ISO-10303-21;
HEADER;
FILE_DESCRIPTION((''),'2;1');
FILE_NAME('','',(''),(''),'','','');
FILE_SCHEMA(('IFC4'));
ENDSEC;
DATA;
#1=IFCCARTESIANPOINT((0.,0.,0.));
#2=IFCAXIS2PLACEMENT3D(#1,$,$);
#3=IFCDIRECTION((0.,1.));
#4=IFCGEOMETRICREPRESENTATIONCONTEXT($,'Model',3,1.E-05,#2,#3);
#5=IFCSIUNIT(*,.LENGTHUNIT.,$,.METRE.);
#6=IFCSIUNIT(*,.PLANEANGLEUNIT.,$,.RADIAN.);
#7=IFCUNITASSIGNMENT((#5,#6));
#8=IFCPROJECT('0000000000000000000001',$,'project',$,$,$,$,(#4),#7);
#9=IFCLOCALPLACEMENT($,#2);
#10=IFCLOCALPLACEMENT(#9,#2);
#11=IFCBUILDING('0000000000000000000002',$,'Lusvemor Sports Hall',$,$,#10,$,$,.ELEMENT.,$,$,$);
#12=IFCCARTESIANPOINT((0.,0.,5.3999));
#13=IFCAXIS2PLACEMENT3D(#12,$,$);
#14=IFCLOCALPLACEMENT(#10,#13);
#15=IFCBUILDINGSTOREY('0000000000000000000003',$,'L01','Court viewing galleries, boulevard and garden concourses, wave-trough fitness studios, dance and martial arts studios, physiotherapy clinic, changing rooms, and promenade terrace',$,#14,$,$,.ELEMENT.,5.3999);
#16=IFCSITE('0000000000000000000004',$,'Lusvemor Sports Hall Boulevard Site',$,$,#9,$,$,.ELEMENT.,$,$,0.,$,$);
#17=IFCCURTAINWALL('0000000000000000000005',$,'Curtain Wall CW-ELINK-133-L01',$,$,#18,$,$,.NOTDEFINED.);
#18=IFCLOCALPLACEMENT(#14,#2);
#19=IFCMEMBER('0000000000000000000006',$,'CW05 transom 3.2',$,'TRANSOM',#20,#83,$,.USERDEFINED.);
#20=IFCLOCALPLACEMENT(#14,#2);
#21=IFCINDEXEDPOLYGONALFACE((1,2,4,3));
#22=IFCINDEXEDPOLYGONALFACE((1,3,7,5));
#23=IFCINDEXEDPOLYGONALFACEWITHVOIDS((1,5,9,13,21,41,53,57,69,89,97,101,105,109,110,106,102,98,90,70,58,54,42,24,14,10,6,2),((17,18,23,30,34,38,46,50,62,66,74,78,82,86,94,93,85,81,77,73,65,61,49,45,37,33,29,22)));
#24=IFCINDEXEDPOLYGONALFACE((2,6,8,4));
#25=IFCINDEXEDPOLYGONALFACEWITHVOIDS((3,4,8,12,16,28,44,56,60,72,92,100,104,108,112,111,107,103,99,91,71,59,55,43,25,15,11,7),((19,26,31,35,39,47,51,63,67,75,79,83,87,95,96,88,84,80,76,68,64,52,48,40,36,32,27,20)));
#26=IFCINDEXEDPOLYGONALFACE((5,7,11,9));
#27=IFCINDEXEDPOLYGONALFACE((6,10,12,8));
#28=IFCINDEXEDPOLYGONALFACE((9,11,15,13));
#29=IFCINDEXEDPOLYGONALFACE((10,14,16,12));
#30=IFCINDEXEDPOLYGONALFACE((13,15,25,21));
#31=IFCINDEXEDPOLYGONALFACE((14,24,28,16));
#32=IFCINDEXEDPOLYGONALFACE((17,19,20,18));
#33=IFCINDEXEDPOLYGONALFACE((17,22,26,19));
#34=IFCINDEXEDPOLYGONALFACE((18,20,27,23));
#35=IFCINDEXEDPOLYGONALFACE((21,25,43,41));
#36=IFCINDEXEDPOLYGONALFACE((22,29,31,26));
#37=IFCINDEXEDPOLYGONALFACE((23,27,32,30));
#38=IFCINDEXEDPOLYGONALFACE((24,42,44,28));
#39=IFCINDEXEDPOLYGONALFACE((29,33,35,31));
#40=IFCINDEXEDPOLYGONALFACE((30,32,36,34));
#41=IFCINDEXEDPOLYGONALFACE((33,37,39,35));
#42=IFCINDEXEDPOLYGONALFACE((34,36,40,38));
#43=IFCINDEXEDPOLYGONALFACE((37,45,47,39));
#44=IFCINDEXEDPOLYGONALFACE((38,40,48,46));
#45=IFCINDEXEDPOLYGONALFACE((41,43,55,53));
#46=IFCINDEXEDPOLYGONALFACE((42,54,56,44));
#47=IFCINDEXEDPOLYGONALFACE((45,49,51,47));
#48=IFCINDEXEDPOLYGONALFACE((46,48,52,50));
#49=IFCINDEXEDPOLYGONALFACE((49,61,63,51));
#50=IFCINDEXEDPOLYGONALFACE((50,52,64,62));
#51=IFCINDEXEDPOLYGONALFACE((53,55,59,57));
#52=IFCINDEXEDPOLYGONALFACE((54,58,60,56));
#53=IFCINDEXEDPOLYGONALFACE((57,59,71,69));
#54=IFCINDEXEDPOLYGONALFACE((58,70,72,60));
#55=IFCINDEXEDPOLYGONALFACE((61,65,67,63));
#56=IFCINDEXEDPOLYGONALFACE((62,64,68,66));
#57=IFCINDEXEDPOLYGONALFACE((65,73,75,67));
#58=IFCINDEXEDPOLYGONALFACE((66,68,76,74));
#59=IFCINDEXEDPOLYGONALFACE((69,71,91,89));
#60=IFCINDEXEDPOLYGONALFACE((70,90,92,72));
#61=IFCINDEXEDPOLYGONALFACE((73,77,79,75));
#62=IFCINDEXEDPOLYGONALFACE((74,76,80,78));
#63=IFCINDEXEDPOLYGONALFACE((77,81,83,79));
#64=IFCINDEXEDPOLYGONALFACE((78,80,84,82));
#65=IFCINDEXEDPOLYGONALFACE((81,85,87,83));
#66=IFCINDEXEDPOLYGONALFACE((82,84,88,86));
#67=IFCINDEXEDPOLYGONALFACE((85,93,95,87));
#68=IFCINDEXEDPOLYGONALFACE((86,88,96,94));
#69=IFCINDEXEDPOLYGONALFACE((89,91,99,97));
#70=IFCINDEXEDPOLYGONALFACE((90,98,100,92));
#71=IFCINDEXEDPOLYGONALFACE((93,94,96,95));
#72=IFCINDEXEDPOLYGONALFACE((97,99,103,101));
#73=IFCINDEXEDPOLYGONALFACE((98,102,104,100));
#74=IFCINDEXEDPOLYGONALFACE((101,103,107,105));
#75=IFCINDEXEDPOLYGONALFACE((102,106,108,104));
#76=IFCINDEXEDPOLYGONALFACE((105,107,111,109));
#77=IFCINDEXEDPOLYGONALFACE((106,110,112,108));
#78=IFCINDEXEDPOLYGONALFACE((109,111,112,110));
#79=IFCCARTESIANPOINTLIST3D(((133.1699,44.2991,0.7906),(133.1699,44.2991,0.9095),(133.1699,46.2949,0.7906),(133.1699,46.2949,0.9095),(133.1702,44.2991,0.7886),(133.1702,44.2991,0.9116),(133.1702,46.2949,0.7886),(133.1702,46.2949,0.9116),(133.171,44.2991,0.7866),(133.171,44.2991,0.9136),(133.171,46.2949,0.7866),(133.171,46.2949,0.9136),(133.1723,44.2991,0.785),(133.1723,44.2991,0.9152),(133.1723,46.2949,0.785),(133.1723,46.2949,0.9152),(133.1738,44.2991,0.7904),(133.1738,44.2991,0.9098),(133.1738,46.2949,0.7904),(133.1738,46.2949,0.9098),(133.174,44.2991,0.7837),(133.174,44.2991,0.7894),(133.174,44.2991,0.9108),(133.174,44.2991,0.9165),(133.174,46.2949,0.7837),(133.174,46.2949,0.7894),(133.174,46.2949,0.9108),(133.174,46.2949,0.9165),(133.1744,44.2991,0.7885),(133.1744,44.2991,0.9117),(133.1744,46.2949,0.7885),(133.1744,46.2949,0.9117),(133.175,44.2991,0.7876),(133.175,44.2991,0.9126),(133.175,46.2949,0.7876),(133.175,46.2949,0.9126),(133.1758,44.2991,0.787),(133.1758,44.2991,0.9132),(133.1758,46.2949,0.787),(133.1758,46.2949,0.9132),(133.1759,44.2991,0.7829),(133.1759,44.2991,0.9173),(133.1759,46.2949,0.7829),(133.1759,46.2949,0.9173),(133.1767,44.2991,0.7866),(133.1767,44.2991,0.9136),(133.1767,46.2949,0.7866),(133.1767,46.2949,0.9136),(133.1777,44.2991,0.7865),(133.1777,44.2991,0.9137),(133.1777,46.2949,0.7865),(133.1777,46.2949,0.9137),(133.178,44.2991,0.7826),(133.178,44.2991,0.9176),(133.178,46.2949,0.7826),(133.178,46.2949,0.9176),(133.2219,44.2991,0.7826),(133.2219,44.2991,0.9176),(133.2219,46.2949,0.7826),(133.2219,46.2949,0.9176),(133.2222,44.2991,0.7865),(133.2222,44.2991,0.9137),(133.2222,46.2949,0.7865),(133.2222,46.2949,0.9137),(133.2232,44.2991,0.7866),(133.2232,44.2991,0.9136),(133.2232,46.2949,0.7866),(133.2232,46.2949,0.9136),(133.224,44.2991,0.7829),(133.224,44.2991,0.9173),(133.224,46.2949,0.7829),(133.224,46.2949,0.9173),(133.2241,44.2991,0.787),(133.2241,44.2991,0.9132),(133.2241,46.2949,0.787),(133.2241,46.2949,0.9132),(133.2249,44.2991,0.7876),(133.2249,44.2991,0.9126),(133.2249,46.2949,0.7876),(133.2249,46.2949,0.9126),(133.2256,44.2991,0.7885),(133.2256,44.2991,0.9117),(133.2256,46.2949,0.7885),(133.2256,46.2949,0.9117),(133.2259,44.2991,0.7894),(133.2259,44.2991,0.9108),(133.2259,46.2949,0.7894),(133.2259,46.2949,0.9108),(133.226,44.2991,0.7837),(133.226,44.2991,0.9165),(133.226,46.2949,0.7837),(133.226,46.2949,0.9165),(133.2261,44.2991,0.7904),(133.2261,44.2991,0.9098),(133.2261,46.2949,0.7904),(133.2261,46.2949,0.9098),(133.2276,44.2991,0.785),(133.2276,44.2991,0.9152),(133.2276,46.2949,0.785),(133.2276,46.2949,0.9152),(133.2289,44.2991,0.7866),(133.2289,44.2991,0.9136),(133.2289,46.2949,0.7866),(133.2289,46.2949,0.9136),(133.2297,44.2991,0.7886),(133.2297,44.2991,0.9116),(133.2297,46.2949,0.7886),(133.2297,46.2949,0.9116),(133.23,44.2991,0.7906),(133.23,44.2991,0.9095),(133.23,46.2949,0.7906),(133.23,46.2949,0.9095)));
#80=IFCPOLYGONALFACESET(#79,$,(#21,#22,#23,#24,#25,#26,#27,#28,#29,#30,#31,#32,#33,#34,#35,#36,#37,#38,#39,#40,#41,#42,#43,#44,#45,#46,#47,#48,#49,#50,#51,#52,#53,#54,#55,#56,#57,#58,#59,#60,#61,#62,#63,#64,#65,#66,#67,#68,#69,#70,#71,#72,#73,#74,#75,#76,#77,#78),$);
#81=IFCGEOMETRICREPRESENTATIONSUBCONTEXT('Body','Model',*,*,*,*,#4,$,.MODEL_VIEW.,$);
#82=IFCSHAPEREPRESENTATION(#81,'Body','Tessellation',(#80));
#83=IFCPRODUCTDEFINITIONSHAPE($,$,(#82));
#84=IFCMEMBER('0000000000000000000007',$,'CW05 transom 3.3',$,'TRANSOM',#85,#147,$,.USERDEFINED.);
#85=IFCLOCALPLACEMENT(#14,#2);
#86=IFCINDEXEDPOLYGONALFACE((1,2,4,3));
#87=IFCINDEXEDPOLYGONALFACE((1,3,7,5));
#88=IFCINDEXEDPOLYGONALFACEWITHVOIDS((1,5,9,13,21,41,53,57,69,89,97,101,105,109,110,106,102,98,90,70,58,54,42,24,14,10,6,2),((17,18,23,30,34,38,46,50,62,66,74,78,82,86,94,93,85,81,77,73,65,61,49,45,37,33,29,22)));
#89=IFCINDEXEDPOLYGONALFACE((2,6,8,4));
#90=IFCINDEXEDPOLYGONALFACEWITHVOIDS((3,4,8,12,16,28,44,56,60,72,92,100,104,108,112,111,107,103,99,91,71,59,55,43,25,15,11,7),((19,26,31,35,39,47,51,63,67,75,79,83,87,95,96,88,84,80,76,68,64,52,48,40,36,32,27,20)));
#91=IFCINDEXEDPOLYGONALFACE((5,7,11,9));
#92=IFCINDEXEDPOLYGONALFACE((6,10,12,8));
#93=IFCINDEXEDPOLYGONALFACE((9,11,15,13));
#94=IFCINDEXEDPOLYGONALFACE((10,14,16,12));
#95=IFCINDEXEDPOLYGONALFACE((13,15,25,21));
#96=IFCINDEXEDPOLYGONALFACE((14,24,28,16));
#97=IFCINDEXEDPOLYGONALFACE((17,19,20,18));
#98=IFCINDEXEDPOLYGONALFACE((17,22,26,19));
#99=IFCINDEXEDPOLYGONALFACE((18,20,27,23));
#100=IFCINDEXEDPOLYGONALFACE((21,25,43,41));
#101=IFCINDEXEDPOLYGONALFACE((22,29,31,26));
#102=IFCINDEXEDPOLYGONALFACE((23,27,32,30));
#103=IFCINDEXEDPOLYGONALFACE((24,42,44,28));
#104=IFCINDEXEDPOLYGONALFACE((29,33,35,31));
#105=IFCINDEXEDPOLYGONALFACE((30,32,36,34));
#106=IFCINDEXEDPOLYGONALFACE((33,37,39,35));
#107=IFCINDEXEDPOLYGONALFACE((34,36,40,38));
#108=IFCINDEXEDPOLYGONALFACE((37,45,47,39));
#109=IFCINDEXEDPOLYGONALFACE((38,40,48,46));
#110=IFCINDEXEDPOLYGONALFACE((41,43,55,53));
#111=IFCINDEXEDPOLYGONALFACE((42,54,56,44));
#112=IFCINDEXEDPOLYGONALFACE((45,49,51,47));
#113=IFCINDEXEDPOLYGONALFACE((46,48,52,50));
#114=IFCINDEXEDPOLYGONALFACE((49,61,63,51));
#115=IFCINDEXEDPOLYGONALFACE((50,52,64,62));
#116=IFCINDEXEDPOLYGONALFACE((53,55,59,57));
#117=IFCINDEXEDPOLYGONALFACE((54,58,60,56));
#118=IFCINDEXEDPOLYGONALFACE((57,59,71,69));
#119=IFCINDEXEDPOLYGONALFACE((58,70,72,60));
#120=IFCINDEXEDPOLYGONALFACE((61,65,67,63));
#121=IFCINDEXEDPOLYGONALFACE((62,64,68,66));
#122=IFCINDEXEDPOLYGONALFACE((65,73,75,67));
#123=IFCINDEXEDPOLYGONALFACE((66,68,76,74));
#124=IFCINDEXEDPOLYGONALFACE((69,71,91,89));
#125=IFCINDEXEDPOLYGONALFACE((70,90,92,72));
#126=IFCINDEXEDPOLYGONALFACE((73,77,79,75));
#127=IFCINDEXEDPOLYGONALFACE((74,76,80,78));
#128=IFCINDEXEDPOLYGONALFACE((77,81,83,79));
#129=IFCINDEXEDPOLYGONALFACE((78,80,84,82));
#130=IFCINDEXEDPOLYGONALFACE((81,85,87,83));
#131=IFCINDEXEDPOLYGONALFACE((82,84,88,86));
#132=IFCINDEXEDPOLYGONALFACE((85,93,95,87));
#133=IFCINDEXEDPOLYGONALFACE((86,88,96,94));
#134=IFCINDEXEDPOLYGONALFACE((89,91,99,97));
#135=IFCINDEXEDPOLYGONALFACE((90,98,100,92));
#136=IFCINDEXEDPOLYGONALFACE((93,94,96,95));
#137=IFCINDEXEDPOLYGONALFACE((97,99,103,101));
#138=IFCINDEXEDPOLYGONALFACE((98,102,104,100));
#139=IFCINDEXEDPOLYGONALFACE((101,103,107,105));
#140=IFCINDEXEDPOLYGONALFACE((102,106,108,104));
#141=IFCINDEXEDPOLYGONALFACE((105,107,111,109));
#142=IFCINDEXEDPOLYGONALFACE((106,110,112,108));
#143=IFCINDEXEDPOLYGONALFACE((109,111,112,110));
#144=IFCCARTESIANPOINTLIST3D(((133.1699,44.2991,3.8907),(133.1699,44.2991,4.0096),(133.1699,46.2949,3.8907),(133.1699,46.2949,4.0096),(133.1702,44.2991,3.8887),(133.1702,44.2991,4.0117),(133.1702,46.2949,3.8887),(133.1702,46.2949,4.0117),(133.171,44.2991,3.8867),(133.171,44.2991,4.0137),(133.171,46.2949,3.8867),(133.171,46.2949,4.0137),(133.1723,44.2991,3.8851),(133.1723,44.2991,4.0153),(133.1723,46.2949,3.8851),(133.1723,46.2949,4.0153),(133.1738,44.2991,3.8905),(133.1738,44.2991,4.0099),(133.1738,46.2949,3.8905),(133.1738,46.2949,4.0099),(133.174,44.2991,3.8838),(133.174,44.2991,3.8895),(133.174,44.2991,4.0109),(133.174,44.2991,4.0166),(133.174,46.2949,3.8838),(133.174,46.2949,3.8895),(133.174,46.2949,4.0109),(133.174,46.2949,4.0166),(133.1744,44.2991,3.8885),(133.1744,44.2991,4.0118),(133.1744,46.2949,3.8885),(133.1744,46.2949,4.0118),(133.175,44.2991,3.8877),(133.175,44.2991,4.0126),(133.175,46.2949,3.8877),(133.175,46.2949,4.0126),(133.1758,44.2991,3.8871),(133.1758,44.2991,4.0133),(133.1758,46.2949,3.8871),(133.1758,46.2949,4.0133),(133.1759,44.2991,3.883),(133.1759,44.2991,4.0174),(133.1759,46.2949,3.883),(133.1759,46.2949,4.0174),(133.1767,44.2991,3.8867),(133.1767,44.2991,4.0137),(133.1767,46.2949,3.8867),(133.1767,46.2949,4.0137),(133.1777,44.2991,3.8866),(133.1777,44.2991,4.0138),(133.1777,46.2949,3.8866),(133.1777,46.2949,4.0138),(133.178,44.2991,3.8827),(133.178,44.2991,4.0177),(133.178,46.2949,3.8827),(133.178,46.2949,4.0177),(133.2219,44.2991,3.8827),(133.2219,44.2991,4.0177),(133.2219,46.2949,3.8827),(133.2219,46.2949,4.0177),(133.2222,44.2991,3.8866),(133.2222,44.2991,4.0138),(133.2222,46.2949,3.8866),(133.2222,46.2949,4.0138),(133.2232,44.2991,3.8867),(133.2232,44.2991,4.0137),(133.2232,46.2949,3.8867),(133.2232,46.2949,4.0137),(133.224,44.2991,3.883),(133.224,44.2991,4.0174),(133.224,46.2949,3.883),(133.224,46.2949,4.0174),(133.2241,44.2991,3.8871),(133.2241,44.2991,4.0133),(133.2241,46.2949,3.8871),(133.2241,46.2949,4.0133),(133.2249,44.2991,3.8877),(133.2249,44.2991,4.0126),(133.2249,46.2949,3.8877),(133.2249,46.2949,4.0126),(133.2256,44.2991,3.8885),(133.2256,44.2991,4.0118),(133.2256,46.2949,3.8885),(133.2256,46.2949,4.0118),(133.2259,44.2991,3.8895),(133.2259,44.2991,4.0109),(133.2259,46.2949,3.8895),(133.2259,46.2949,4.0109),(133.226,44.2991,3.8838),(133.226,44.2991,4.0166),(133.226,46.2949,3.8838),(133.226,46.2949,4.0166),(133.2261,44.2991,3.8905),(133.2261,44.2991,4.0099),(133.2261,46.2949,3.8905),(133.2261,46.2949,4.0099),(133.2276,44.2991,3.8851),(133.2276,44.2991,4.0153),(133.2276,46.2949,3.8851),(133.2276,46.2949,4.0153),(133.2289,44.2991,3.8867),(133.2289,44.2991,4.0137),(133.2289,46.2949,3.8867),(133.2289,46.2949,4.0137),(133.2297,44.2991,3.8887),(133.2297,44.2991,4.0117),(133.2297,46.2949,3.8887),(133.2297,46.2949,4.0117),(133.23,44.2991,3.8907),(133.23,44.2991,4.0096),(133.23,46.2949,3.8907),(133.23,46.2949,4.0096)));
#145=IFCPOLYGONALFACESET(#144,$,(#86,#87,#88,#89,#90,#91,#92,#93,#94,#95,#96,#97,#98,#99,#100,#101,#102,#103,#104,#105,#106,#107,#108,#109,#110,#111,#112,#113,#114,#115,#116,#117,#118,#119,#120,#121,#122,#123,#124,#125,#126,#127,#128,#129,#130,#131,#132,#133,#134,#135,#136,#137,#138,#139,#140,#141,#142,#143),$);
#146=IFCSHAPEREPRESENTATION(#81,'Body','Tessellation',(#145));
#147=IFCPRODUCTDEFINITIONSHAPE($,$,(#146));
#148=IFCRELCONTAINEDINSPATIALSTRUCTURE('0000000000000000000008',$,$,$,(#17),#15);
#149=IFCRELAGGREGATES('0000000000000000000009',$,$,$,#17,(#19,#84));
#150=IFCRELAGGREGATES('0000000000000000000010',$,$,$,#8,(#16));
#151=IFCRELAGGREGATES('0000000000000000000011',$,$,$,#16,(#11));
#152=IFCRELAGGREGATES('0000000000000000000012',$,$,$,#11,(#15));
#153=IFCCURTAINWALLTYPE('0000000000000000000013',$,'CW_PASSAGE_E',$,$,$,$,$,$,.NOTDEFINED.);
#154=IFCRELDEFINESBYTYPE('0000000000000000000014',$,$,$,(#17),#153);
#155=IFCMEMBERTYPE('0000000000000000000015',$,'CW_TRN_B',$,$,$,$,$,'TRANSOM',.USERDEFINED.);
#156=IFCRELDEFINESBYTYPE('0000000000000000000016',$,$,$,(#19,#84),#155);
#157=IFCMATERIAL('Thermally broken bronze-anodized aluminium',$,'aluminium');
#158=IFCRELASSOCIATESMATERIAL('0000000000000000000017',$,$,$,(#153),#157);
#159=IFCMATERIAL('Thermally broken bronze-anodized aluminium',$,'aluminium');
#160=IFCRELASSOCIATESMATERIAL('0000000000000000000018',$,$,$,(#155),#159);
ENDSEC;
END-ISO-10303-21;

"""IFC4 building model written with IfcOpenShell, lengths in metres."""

from ifc_helpers import new_model, si_unit, direction, frame, origin, origin_2d, place, context, subcontext, project, spatial, hollow_rectangle, extrude, material, material_profile, profile_set, type_object, element, aggregate, save


model = new_model("IFC4")

# Units and contexts
model_context = context("Model", 3, precision=1e-05, world=origin(), true_north=direction((0.0, 1.0)))
body_context = subcontext(model_context, "Body", "Model", "MODEL_VIEW")
ifc_project = project(units=[si_unit("LENGTHUNIT", "METRE"), si_unit("PLANEANGLEUNIT", "RADIAN")], contexts=[model_context])

# Site, building, storey
site_placement = place(None, origin())
site = spatial("IfcSite", under=ifc_project, at=site_placement, Name="Lusvemor Sports Hall Boulevard Site", CompositionType="ELEMENT", RefElevation=0.0)
building_placement = place(site_placement, origin())
building = spatial("IfcBuilding", under=site, at=building_placement, Name="Lusvemor Sports Hall", CompositionType="ELEMENT")
storey_placement = place(building_placement, frame((0.0, 0.0, 5.3999)))
storey = spatial("IfcBuildingStorey", under=building, at=storey_placement, Name="L01", Description="Court viewing galleries, boulevard and garden concourses, wave-trough fitness studios, dance and martial arts studios, physiotherapy clinic, changing rooms, and promenade terrace", CompositionType="ELEMENT", Elevation=5.3999)

# Curtain wall
ifc_material_1 = material(Name="Thermally broken bronze-anodized aluminium", Category="aluminium")
curtain_wall_type_1 = type_object("IfcCurtainWallType", Name="CW_PASSAGE_E", PredefinedType="NOTDEFINED", material=ifc_material_1)
curtain_wall_1_placement = place(storey_placement, origin())
curtain_wall_1 = element("IfcCurtainWall", 1, at=curtain_wall_1_placement, inside=storey, type_object=curtain_wall_type_1, Name="Curtain Wall CW-ELINK-133-L01", PredefinedType="NOTDEFINED")

# Members
ifc_material_2 = material(Name="Thermally broken bronze-anodized aluminium", Category="aluminium")
ifc_material_profile_1 = material_profile(ifc_material_2, hollow_rectangle(XDim=0.0601, YDim=0.135, WallThickness=0.0039, InnerFilletRadius=0.0039, OuterFilletRadius=0.0081, at=origin_2d()), Name="CWTRN135x60x4")
ifc_profile_set_1 = profile_set([ifc_material_profile_1], Name="Thermally broken bronze-anodized aluminium")
member_type_1 = type_object("IfcMemberType", Name="CW_TRN_B", ElementType="TRANSOM", PredefinedType="USERDEFINED", material=ifc_profile_set_1)
member_1_placement = place(storey_placement, frame((133.2, 44.2991, 0.8501), z_axis=(0.0, 1.0, 0.0), x_axis=(-1.0, 0.0, 0.0)))
member_1 = element("IfcMember", 2, at=member_1_placement, type_object=member_type_1, Name="CW05 transom 3.2", ObjectType="TRANSOM", PredefinedType="USERDEFINED", context=body_context, shape_type="SweptSolid", body=[
    extrude(hollow_rectangle(XDim=0.0601, YDim=0.135, WallThickness=0.0039, InnerFilletRadius=0.0039, OuterFilletRadius=0.0081, at=origin_2d()), origin(), (0.0, 0.0, 1.0), 1.9958),
])
member_2_placement = place(storey_placement, frame((133.2, 44.2991, 3.9502), z_axis=(0.0, 1.0, 0.0), x_axis=(-1.0, 0.0, 0.0)))
member_2 = element("IfcMember", 3, at=member_2_placement, type_object=member_type_1, Name="CW05 transom 3.3", ObjectType="TRANSOM", PredefinedType="USERDEFINED", context=body_context, shape_type="SweptSolid", body=[
    extrude(hollow_rectangle(XDim=0.0601, YDim=0.135, WallThickness=0.0039, InnerFilletRadius=0.0039, OuterFilletRadius=0.0081, at=origin_2d()), origin(), (0.0, 0.0, 1.0), 1.9958),
])

aggregate(curtain_wall_1, [member_1, member_2])

save(model, "model.ifc")
